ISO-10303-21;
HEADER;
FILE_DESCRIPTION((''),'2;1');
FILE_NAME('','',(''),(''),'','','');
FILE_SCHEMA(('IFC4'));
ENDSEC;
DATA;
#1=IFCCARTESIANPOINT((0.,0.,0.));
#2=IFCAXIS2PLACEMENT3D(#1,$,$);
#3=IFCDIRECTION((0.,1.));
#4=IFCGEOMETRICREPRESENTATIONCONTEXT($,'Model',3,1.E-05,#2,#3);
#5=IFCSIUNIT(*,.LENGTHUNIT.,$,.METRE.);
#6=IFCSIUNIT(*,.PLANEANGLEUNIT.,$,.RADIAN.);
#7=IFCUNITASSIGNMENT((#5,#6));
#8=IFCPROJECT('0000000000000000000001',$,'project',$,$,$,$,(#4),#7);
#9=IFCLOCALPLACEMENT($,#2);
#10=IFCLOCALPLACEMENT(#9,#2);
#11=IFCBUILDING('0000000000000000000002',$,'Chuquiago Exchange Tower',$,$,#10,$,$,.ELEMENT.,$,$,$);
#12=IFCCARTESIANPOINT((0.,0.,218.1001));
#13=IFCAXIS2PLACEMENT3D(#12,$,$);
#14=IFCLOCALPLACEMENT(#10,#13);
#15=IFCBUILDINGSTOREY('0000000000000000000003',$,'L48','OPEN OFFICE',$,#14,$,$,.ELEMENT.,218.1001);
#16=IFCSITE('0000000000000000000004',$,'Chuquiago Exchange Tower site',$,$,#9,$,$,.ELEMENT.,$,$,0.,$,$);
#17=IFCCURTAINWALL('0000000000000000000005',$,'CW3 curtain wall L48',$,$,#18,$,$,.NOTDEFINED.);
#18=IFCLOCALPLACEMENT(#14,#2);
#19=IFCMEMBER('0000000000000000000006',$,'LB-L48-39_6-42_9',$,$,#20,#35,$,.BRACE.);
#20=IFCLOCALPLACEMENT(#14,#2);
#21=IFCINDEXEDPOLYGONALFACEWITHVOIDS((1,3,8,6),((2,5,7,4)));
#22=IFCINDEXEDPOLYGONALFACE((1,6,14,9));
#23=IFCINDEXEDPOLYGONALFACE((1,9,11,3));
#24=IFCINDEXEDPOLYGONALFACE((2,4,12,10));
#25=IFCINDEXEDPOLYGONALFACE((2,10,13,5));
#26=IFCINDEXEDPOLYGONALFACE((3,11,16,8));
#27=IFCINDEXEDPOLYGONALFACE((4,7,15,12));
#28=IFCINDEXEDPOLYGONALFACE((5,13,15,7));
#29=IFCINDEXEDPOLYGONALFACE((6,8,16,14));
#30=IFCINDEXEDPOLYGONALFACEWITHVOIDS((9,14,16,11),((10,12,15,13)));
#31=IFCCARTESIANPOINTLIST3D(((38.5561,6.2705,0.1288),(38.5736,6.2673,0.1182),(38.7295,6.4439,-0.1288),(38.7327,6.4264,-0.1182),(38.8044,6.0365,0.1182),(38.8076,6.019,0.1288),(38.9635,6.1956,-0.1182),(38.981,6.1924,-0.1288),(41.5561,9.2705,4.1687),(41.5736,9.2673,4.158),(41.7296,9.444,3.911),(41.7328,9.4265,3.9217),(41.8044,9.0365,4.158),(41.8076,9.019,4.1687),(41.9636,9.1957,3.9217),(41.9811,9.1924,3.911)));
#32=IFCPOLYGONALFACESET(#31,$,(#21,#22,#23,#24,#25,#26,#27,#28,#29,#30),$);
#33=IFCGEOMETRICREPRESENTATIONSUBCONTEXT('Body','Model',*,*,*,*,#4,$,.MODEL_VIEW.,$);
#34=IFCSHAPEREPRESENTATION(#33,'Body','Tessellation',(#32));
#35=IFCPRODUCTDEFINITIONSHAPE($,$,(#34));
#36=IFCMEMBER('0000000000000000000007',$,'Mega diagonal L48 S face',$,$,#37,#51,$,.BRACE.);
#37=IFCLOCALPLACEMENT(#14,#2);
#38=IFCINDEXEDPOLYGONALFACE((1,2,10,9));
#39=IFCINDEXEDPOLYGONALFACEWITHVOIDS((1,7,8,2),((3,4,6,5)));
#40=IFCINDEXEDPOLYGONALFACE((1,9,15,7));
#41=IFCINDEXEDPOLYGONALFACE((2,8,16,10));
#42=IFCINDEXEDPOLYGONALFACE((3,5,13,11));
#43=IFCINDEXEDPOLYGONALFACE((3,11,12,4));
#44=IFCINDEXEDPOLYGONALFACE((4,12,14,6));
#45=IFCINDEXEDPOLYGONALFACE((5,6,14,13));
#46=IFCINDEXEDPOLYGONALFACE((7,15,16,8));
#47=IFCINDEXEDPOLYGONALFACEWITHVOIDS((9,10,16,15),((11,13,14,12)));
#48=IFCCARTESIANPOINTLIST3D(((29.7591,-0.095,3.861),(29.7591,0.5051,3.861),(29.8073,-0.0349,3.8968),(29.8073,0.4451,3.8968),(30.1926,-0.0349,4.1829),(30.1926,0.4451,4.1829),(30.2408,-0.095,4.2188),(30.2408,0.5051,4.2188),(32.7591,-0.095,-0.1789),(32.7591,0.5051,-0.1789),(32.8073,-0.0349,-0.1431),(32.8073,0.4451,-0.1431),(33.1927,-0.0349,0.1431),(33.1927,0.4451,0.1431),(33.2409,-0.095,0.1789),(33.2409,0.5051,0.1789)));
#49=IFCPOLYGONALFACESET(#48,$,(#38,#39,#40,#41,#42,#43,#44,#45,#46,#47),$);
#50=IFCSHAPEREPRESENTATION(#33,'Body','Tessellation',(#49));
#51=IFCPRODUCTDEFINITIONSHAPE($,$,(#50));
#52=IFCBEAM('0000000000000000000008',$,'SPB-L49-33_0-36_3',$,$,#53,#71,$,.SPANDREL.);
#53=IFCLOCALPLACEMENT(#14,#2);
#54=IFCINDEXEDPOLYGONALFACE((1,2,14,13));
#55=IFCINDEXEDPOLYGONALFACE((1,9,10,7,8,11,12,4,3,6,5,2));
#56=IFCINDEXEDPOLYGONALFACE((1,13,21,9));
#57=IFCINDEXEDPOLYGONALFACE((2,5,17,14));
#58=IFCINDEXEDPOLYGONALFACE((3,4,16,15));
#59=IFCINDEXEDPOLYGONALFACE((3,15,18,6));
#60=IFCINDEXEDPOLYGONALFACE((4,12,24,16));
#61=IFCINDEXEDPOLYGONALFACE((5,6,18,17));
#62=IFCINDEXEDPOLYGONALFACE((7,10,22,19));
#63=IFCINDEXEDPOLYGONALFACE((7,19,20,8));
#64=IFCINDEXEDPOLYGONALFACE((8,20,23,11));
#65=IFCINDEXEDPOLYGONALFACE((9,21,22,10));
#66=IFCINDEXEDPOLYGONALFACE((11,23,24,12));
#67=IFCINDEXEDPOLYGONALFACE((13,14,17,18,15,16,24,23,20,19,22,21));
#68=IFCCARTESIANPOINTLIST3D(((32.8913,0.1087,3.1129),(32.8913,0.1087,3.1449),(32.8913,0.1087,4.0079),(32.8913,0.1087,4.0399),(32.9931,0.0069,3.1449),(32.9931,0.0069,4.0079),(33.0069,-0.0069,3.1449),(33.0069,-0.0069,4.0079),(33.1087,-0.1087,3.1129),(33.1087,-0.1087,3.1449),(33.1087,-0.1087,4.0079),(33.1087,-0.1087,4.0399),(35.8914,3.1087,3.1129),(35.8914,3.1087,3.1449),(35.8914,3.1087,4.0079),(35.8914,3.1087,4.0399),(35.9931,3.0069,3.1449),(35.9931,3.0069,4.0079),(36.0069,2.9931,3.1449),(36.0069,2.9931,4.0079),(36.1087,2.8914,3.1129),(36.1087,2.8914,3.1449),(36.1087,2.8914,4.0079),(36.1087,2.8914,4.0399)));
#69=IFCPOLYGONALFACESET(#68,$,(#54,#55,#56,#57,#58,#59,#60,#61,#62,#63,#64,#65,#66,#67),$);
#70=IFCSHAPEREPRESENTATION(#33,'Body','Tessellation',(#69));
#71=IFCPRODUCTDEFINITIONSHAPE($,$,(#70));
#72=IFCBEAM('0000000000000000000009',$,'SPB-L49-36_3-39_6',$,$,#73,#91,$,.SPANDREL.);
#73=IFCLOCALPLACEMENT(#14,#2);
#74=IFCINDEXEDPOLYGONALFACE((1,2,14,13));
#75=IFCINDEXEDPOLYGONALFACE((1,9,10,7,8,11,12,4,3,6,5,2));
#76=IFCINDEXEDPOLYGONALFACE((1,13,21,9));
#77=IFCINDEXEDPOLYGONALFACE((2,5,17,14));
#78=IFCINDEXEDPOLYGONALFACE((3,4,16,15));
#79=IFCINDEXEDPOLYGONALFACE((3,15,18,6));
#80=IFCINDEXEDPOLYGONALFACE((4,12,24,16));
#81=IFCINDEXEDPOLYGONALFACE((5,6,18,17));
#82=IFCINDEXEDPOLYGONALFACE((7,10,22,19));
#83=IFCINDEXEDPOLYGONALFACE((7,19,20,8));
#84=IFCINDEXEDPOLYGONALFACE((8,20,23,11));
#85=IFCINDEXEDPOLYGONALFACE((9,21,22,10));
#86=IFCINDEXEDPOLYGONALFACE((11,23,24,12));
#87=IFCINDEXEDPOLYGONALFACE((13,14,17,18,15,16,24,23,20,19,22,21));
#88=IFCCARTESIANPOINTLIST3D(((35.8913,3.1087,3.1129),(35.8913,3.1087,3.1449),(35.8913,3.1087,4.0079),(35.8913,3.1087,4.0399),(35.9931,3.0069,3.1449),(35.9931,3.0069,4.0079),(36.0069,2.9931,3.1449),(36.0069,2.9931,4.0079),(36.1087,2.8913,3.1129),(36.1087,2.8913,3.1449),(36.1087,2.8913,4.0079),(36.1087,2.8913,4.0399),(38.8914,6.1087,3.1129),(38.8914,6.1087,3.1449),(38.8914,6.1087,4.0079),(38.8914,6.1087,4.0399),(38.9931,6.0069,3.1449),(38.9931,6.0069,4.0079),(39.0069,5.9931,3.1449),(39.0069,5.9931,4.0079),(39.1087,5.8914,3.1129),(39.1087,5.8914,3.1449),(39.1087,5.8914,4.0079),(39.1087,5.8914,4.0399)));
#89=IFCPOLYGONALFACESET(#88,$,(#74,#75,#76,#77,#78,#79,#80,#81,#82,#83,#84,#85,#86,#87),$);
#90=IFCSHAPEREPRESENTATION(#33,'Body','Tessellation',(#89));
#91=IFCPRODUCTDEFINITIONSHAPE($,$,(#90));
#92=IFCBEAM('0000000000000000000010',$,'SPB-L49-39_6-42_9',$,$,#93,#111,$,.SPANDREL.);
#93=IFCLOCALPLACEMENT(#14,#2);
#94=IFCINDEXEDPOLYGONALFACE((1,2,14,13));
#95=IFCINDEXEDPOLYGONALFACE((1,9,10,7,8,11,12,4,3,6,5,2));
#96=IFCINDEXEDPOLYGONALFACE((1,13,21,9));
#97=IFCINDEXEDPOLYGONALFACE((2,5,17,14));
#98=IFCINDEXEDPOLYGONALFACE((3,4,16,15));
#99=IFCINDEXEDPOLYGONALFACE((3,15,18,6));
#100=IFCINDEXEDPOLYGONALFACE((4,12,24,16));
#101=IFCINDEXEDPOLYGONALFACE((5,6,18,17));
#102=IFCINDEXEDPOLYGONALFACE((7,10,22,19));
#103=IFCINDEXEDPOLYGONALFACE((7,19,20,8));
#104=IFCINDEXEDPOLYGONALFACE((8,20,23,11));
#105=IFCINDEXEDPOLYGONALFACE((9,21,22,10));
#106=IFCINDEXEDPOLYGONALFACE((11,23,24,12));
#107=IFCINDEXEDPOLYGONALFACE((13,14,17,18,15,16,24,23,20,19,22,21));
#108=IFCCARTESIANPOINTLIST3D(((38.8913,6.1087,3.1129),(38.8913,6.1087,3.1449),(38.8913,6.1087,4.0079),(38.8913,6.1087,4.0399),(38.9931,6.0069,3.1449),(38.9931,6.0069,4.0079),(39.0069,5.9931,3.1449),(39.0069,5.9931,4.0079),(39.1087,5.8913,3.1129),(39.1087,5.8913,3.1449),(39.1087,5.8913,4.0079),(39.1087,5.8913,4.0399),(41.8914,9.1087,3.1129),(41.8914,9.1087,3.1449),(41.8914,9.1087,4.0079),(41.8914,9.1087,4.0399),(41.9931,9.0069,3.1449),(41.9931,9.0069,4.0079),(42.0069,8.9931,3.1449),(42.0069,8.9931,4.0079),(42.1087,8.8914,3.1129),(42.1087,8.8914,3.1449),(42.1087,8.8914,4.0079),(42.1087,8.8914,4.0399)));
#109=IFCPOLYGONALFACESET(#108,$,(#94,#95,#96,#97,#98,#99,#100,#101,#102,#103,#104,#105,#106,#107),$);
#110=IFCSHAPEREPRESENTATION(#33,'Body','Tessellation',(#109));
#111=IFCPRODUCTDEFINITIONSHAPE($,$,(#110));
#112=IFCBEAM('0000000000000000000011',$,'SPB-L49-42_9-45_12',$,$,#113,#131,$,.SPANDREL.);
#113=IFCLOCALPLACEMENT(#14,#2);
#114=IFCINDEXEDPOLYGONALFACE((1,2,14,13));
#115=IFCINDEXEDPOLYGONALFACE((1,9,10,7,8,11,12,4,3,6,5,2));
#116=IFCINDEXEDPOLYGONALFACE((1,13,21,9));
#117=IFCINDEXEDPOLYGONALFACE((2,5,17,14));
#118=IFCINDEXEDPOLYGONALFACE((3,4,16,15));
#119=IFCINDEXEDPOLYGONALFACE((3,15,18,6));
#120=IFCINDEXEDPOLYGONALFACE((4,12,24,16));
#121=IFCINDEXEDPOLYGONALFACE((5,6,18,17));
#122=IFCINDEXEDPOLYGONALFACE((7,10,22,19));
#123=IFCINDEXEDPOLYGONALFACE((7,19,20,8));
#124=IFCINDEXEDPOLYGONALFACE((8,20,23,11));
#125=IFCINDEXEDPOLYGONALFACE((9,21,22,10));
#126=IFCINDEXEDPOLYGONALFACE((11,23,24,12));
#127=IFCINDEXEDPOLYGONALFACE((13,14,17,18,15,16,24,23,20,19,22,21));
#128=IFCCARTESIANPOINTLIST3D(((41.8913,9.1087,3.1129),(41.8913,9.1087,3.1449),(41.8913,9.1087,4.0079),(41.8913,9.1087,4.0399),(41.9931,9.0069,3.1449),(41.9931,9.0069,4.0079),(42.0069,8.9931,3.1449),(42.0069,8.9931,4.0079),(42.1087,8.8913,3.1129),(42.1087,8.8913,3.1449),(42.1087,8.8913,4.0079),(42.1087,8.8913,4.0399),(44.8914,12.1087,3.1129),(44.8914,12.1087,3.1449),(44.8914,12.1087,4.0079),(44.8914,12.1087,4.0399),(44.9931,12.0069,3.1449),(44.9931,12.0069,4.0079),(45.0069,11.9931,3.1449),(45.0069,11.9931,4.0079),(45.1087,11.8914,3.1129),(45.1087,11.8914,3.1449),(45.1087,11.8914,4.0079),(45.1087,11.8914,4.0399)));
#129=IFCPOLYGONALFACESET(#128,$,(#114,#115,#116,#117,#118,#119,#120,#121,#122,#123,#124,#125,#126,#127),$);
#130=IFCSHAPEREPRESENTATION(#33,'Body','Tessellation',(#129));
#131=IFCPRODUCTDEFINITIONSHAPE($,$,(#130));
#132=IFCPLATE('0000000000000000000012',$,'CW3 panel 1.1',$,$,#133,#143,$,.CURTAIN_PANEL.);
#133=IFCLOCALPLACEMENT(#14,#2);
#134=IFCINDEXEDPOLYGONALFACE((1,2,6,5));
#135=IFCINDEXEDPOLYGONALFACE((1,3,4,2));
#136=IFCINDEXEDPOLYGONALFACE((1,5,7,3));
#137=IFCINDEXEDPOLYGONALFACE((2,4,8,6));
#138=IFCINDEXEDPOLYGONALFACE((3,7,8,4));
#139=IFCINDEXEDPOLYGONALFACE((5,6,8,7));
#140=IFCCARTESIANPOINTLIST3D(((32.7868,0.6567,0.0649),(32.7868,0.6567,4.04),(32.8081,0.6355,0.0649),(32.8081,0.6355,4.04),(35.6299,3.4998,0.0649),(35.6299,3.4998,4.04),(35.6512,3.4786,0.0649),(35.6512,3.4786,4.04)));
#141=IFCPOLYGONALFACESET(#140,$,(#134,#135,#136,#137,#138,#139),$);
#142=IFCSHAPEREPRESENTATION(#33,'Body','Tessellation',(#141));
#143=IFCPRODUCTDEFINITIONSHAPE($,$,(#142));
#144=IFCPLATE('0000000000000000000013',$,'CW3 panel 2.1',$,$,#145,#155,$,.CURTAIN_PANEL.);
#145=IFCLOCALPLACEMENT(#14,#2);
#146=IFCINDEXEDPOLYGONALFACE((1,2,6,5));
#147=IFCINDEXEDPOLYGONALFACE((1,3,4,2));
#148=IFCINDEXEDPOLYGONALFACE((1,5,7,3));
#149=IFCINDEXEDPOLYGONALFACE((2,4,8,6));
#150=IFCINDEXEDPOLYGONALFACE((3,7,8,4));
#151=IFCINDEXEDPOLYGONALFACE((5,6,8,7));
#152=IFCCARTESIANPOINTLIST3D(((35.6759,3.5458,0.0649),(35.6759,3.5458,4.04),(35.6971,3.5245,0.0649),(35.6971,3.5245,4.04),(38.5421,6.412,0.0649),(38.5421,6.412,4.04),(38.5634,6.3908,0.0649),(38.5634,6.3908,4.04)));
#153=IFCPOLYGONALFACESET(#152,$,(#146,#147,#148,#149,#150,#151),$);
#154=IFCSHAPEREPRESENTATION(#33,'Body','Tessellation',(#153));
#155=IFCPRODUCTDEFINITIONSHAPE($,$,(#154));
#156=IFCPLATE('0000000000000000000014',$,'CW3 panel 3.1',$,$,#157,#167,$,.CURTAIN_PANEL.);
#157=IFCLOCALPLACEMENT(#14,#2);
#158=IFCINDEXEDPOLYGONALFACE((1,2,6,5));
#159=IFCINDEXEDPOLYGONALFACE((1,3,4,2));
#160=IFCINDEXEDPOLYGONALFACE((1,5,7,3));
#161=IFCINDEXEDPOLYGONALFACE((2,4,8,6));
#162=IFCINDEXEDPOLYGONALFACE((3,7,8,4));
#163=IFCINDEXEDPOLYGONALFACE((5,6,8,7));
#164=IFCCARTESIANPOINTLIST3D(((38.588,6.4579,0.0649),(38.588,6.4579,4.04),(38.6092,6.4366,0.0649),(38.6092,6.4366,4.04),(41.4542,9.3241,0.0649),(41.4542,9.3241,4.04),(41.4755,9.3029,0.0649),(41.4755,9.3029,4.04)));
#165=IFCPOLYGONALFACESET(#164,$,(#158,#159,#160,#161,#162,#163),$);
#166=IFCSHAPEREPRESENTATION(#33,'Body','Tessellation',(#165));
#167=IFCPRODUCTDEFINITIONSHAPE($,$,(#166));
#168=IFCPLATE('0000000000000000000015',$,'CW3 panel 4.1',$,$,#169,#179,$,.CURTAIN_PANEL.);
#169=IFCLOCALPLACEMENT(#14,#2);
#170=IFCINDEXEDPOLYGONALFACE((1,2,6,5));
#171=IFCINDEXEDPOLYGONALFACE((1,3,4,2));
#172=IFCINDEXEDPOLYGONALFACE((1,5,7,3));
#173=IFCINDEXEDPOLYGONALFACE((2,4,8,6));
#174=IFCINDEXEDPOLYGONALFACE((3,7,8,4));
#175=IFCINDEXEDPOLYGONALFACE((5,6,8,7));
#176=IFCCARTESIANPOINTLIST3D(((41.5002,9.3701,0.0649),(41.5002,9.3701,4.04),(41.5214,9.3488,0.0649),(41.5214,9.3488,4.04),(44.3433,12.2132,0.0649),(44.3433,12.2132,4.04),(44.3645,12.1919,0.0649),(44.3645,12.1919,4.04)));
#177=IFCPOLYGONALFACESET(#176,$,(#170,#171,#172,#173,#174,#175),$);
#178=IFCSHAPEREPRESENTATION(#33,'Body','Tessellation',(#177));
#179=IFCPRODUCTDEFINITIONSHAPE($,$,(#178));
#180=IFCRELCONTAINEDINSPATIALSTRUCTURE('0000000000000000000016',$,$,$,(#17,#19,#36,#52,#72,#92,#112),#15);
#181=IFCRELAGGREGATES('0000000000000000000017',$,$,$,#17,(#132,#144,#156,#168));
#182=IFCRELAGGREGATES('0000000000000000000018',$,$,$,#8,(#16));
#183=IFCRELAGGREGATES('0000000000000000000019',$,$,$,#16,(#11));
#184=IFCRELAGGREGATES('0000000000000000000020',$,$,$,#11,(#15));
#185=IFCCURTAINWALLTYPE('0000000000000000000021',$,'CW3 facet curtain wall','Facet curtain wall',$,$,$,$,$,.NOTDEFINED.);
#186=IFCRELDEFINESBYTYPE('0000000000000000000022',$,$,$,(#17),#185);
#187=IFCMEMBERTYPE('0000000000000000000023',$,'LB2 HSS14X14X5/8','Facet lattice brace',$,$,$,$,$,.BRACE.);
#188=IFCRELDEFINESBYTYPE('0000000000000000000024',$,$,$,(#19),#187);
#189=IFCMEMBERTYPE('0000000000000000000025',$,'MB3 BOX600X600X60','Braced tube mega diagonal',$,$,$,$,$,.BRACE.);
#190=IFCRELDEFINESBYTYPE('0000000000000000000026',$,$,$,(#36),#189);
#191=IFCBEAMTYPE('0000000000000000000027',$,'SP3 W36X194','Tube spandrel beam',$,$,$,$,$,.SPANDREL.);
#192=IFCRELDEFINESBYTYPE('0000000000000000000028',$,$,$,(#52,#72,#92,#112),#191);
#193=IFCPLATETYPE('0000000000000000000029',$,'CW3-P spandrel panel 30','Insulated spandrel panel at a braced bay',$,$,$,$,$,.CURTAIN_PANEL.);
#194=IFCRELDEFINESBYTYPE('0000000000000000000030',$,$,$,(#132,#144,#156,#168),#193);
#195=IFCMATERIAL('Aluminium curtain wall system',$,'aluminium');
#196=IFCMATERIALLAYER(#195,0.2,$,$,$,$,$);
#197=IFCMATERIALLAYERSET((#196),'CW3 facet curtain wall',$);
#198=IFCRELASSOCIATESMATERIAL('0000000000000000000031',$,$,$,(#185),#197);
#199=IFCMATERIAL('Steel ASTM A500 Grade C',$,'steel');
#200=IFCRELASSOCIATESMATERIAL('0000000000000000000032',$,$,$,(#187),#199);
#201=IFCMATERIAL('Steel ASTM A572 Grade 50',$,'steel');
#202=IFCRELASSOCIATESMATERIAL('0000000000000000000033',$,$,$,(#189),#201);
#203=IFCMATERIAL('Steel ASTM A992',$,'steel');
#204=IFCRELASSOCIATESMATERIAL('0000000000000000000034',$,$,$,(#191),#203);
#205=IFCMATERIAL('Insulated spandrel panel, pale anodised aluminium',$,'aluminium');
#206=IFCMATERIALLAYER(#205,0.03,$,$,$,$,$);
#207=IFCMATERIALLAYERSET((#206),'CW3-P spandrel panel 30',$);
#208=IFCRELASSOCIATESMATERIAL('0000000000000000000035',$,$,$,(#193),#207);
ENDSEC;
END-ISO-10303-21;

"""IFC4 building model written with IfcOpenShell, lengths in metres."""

from ifc_helpers import new_model, si_unit, direction, frame, origin, origin_2d, place, context, subcontext, project, spatial, rectangle, hollow_rectangle, i_section, extrude, material, layer, layer_set, material_profile, profile_set, type_object, element, aggregate, save


model = new_model("IFC4")

# Units and contexts
model_context = context("Model", 3, precision=1e-05, world=origin(), true_north=direction((0.0, 1.0)))
body_context = subcontext(model_context, "Body", "Model", "MODEL_VIEW")
ifc_project = project(units=[si_unit("LENGTHUNIT", "METRE"), si_unit("PLANEANGLEUNIT", "RADIAN")], contexts=[model_context])

# Site, building, storey
site_placement = place(None, origin())
site = spatial("IfcSite", under=ifc_project, at=site_placement, Name="Chuquiago Exchange Tower site", CompositionType="ELEMENT", RefElevation=0.0)
building_placement = place(site_placement, origin())
building = spatial("IfcBuilding", under=site, at=building_placement, Name="Chuquiago Exchange Tower", CompositionType="ELEMENT")
storey_placement = place(building_placement, frame((0.0, 0.0, 218.1001)))
storey = spatial("IfcBuildingStorey", under=building, at=storey_placement, Name="L48", Description="OPEN OFFICE", CompositionType="ELEMENT", Elevation=218.1001)

# Curtain wall
ifc_material_1 = material(Name="Aluminium curtain wall system", Category="aluminium")
ifc_layer_1 = layer(ifc_material_1, 0.2)
ifc_layer_set_1 = layer_set([ifc_layer_1], Name="CW3 facet curtain wall")
curtain_wall_type = type_object("IfcCurtainWallType", Name="CW3 facet curtain wall", Description="Facet curtain wall", PredefinedType="NOTDEFINED", material=ifc_layer_set_1)
curtain_wall_placement = place(storey_placement, origin())
curtain_wall = element("IfcCurtainWall", 1, at=curtain_wall_placement, inside=storey, type_object=curtain_wall_type, Name="CW3 curtain wall L48", PredefinedType="NOTDEFINED")

# Members
ifc_material_2 = material(Name="Steel ASTM A500 Grade C", Category="steel")
ifc_material_profile_1 = material_profile(ifc_material_2, hollow_rectangle(XDim=0.3557, YDim=0.3557, WallThickness=0.0146, at=origin_2d()), Name="HSS14X14X5/8")
ifc_profile_set_1 = profile_set([ifc_material_profile_1], Name="Steel ASTM A500 Grade C")
member_type_1 = type_object("IfcMemberType", Name="LB2 HSS14X14X5/8", Description="Facet lattice brace", PredefinedType="BRACE", material=ifc_profile_set_1)
for number, where, z_axis, x_axis, name in (
    (2, (38.7686, 6.2314, 0.0), (0.512092, 0.512092, 0.689582), (-0.707107, 0.707107, 0.0), "LB-L48-39_6-42_9"),
):
    element("IfcMember", number, at=place(storey_placement, frame(where, z_axis=z_axis, x_axis=x_axis)), inside=storey, type_object=member_type_1, Name=name, PredefinedType="BRACE", context=body_context, shape_type="SweptSolid", body=[
        extrude(hollow_rectangle(XDim=0.3557, YDim=0.3557, WallThickness=0.0146, at=origin_2d()), origin(), (0.0, 0.0, 1.0), 5.8584),
    ])
ifc_material_3 = material(Name="Steel ASTM A572 Grade 50", Category="steel")
ifc_material_profile_2 = material_profile(ifc_material_3, hollow_rectangle(XDim=0.6001, YDim=0.6001, WallThickness=0.0601, at=origin_2d()), Name="BOX600X600X60")
ifc_profile_set_2 = profile_set([ifc_material_profile_2], Name="Steel ASTM A572 Grade 50")
member_type_2 = type_object("IfcMemberType", Name="MB3 BOX600X600X60", Description="Braced tube mega diagonal", PredefinedType="BRACE", material=ifc_profile_set_2)
member_1_placement = place(storey_placement, frame((33.0, 0.2051, 0.0), z_axis=(-0.596197, 0.0, 0.802838), x_axis=(0.0, -1.0, 0.0)))
element("IfcMember", 3, at=member_1_placement, inside=storey, type_object=member_type_2, Name="Mega diagonal L48 S face", PredefinedType="BRACE", context=body_context, shape_type="SweptSolid", body=[
    extrude(hollow_rectangle(XDim=0.6001, YDim=0.6001, WallThickness=0.0601, at=origin_2d()), origin(), (0.0, 0.0, 1.0), 5.032),
])

# Beams
ifc_material_4 = material(Name="Steel ASTM A992", Category="steel")
ifc_material_profile_3 = material_profile(ifc_material_4, i_section(OverallWidth=0.3074, OverallDepth=0.927, WebThickness=0.0195, FlangeThickness=0.032, at=origin_2d()), Name="W36X194")
ifc_profile_set_3 = profile_set([ifc_material_profile_3], Name="Steel ASTM A992")
beam_type_1 = type_object("IfcBeamType", Name="SP3 W36X194", Description="Tube spandrel beam", PredefinedType="SPANDREL", material=ifc_profile_set_3)
for number, where, z_axis, x_axis, name in (
    (4, (33.0, 0.0, 3.5764), (0.707107, 0.707107, 0.0), (-0.707107, 0.707107, 0.0), "SPB-L49-33_0-36_3"),
    (5, (36.0, 3.0, 3.5764), (0.707107, 0.707107, 0.0), (-0.707107, 0.707107, 0.0), "SPB-L49-36_3-39_6"),
    (6, (39.0, 6.0, 3.5764), (0.707107, 0.707107, 0.0), (-0.707107, 0.707107, 0.0), "SPB-L49-39_6-42_9"),
    (7, (42.0, 9.0, 3.5764), (0.707107, 0.707107, 0.0), (-0.707107, 0.707107, 0.0), "SPB-L49-42_9-45_12"),
):
    element("IfcBeam", number, at=place(storey_placement, frame(where, z_axis=z_axis, x_axis=x_axis)), inside=storey, type_object=beam_type_1, Name=name, PredefinedType="SPANDREL", context=body_context, shape_type="SweptSolid", body=[
        extrude(i_section(OverallWidth=0.3074, OverallDepth=0.927, WebThickness=0.0195, FlangeThickness=0.032, at=origin_2d()), origin(), (0.0, 0.0, 1.0), 4.2427),
    ])

# Plates
ifc_material_5 = material(Name="Insulated spandrel panel, pale anodised aluminium", Category="aluminium")
ifc_layer_2 = layer(ifc_material_5, 0.03)
ifc_layer_set_2 = layer_set([ifc_layer_2], Name="CW3-P spandrel panel 30")
plate_type = type_object("IfcPlateType", Name="CW3-P spandrel panel 30", Description="Insulated spandrel panel at a braced bay", PredefinedType="CURTAIN_PANEL", material=ifc_layer_set_2)
plate_1_placement = place(storey_placement, frame((34.219, 2.0676, 0.0649), z_axis=(0.0, 0.0, 1.0), x_axis=(0.707107, 0.707107, 0.0)))
plate_1 = element("IfcPlate", 8, at=plate_1_placement, type_object=plate_type, Name="CW3 panel 1.1", PredefinedType="CURTAIN_PANEL", context=body_context, shape_type="SweptSolid", body=[
    extrude(rectangle(XDim=4.0208, YDim=0.03, at=origin_2d()), origin(), (0.0, 0.0, 1.0), 3.9751),
])
plate_2_placement = place(storey_placement, frame((37.1196, 4.9683, 0.0649), z_axis=(0.0, 0.0, 1.0), x_axis=(0.707107, 0.707107, 0.0)))
plate_2 = element("IfcPlate", 9, at=plate_2_placement, type_object=plate_type, Name="CW3 panel 2.1", PredefinedType="CURTAIN_PANEL", context=body_context, shape_type="SweptSolid", body=[
    extrude(rectangle(XDim=4.0535, YDim=0.03, at=origin_2d()), origin(), (0.0, 0.0, 1.0), 3.9751),
])
plate_3_placement = place(storey_placement, frame((40.0317, 7.8804, 0.0649), z_axis=(0.0, 0.0, 1.0), x_axis=(0.707107, 0.707107, 0.0)))
plate_3 = element("IfcPlate", 10, at=plate_3_placement, type_object=plate_type, Name="CW3 panel 3.1", PredefinedType="CURTAIN_PANEL", context=body_context, shape_type="SweptSolid", body=[
    extrude(rectangle(XDim=4.0535, YDim=0.03, at=origin_2d()), origin(), (0.0, 0.0, 1.0), 3.9751),
])
plate_4_placement = place(storey_placement, frame((42.9324, 10.781, 0.0649), z_axis=(0.0, 0.0, 1.0), x_axis=(0.707107, 0.707107, 0.0)))
plate_4 = element("IfcPlate", 11, at=plate_4_placement, type_object=plate_type, Name="CW3 panel 4.1", PredefinedType="CURTAIN_PANEL", context=body_context, shape_type="SweptSolid", body=[
    extrude(rectangle(XDim=4.0208, YDim=0.03, at=origin_2d()), origin(), (0.0, 0.0, 1.0), 3.9751),
])
aggregate(curtain_wall, [plate_1, plate_2, plate_3, plate_4])

save(model, "model.ifc")
